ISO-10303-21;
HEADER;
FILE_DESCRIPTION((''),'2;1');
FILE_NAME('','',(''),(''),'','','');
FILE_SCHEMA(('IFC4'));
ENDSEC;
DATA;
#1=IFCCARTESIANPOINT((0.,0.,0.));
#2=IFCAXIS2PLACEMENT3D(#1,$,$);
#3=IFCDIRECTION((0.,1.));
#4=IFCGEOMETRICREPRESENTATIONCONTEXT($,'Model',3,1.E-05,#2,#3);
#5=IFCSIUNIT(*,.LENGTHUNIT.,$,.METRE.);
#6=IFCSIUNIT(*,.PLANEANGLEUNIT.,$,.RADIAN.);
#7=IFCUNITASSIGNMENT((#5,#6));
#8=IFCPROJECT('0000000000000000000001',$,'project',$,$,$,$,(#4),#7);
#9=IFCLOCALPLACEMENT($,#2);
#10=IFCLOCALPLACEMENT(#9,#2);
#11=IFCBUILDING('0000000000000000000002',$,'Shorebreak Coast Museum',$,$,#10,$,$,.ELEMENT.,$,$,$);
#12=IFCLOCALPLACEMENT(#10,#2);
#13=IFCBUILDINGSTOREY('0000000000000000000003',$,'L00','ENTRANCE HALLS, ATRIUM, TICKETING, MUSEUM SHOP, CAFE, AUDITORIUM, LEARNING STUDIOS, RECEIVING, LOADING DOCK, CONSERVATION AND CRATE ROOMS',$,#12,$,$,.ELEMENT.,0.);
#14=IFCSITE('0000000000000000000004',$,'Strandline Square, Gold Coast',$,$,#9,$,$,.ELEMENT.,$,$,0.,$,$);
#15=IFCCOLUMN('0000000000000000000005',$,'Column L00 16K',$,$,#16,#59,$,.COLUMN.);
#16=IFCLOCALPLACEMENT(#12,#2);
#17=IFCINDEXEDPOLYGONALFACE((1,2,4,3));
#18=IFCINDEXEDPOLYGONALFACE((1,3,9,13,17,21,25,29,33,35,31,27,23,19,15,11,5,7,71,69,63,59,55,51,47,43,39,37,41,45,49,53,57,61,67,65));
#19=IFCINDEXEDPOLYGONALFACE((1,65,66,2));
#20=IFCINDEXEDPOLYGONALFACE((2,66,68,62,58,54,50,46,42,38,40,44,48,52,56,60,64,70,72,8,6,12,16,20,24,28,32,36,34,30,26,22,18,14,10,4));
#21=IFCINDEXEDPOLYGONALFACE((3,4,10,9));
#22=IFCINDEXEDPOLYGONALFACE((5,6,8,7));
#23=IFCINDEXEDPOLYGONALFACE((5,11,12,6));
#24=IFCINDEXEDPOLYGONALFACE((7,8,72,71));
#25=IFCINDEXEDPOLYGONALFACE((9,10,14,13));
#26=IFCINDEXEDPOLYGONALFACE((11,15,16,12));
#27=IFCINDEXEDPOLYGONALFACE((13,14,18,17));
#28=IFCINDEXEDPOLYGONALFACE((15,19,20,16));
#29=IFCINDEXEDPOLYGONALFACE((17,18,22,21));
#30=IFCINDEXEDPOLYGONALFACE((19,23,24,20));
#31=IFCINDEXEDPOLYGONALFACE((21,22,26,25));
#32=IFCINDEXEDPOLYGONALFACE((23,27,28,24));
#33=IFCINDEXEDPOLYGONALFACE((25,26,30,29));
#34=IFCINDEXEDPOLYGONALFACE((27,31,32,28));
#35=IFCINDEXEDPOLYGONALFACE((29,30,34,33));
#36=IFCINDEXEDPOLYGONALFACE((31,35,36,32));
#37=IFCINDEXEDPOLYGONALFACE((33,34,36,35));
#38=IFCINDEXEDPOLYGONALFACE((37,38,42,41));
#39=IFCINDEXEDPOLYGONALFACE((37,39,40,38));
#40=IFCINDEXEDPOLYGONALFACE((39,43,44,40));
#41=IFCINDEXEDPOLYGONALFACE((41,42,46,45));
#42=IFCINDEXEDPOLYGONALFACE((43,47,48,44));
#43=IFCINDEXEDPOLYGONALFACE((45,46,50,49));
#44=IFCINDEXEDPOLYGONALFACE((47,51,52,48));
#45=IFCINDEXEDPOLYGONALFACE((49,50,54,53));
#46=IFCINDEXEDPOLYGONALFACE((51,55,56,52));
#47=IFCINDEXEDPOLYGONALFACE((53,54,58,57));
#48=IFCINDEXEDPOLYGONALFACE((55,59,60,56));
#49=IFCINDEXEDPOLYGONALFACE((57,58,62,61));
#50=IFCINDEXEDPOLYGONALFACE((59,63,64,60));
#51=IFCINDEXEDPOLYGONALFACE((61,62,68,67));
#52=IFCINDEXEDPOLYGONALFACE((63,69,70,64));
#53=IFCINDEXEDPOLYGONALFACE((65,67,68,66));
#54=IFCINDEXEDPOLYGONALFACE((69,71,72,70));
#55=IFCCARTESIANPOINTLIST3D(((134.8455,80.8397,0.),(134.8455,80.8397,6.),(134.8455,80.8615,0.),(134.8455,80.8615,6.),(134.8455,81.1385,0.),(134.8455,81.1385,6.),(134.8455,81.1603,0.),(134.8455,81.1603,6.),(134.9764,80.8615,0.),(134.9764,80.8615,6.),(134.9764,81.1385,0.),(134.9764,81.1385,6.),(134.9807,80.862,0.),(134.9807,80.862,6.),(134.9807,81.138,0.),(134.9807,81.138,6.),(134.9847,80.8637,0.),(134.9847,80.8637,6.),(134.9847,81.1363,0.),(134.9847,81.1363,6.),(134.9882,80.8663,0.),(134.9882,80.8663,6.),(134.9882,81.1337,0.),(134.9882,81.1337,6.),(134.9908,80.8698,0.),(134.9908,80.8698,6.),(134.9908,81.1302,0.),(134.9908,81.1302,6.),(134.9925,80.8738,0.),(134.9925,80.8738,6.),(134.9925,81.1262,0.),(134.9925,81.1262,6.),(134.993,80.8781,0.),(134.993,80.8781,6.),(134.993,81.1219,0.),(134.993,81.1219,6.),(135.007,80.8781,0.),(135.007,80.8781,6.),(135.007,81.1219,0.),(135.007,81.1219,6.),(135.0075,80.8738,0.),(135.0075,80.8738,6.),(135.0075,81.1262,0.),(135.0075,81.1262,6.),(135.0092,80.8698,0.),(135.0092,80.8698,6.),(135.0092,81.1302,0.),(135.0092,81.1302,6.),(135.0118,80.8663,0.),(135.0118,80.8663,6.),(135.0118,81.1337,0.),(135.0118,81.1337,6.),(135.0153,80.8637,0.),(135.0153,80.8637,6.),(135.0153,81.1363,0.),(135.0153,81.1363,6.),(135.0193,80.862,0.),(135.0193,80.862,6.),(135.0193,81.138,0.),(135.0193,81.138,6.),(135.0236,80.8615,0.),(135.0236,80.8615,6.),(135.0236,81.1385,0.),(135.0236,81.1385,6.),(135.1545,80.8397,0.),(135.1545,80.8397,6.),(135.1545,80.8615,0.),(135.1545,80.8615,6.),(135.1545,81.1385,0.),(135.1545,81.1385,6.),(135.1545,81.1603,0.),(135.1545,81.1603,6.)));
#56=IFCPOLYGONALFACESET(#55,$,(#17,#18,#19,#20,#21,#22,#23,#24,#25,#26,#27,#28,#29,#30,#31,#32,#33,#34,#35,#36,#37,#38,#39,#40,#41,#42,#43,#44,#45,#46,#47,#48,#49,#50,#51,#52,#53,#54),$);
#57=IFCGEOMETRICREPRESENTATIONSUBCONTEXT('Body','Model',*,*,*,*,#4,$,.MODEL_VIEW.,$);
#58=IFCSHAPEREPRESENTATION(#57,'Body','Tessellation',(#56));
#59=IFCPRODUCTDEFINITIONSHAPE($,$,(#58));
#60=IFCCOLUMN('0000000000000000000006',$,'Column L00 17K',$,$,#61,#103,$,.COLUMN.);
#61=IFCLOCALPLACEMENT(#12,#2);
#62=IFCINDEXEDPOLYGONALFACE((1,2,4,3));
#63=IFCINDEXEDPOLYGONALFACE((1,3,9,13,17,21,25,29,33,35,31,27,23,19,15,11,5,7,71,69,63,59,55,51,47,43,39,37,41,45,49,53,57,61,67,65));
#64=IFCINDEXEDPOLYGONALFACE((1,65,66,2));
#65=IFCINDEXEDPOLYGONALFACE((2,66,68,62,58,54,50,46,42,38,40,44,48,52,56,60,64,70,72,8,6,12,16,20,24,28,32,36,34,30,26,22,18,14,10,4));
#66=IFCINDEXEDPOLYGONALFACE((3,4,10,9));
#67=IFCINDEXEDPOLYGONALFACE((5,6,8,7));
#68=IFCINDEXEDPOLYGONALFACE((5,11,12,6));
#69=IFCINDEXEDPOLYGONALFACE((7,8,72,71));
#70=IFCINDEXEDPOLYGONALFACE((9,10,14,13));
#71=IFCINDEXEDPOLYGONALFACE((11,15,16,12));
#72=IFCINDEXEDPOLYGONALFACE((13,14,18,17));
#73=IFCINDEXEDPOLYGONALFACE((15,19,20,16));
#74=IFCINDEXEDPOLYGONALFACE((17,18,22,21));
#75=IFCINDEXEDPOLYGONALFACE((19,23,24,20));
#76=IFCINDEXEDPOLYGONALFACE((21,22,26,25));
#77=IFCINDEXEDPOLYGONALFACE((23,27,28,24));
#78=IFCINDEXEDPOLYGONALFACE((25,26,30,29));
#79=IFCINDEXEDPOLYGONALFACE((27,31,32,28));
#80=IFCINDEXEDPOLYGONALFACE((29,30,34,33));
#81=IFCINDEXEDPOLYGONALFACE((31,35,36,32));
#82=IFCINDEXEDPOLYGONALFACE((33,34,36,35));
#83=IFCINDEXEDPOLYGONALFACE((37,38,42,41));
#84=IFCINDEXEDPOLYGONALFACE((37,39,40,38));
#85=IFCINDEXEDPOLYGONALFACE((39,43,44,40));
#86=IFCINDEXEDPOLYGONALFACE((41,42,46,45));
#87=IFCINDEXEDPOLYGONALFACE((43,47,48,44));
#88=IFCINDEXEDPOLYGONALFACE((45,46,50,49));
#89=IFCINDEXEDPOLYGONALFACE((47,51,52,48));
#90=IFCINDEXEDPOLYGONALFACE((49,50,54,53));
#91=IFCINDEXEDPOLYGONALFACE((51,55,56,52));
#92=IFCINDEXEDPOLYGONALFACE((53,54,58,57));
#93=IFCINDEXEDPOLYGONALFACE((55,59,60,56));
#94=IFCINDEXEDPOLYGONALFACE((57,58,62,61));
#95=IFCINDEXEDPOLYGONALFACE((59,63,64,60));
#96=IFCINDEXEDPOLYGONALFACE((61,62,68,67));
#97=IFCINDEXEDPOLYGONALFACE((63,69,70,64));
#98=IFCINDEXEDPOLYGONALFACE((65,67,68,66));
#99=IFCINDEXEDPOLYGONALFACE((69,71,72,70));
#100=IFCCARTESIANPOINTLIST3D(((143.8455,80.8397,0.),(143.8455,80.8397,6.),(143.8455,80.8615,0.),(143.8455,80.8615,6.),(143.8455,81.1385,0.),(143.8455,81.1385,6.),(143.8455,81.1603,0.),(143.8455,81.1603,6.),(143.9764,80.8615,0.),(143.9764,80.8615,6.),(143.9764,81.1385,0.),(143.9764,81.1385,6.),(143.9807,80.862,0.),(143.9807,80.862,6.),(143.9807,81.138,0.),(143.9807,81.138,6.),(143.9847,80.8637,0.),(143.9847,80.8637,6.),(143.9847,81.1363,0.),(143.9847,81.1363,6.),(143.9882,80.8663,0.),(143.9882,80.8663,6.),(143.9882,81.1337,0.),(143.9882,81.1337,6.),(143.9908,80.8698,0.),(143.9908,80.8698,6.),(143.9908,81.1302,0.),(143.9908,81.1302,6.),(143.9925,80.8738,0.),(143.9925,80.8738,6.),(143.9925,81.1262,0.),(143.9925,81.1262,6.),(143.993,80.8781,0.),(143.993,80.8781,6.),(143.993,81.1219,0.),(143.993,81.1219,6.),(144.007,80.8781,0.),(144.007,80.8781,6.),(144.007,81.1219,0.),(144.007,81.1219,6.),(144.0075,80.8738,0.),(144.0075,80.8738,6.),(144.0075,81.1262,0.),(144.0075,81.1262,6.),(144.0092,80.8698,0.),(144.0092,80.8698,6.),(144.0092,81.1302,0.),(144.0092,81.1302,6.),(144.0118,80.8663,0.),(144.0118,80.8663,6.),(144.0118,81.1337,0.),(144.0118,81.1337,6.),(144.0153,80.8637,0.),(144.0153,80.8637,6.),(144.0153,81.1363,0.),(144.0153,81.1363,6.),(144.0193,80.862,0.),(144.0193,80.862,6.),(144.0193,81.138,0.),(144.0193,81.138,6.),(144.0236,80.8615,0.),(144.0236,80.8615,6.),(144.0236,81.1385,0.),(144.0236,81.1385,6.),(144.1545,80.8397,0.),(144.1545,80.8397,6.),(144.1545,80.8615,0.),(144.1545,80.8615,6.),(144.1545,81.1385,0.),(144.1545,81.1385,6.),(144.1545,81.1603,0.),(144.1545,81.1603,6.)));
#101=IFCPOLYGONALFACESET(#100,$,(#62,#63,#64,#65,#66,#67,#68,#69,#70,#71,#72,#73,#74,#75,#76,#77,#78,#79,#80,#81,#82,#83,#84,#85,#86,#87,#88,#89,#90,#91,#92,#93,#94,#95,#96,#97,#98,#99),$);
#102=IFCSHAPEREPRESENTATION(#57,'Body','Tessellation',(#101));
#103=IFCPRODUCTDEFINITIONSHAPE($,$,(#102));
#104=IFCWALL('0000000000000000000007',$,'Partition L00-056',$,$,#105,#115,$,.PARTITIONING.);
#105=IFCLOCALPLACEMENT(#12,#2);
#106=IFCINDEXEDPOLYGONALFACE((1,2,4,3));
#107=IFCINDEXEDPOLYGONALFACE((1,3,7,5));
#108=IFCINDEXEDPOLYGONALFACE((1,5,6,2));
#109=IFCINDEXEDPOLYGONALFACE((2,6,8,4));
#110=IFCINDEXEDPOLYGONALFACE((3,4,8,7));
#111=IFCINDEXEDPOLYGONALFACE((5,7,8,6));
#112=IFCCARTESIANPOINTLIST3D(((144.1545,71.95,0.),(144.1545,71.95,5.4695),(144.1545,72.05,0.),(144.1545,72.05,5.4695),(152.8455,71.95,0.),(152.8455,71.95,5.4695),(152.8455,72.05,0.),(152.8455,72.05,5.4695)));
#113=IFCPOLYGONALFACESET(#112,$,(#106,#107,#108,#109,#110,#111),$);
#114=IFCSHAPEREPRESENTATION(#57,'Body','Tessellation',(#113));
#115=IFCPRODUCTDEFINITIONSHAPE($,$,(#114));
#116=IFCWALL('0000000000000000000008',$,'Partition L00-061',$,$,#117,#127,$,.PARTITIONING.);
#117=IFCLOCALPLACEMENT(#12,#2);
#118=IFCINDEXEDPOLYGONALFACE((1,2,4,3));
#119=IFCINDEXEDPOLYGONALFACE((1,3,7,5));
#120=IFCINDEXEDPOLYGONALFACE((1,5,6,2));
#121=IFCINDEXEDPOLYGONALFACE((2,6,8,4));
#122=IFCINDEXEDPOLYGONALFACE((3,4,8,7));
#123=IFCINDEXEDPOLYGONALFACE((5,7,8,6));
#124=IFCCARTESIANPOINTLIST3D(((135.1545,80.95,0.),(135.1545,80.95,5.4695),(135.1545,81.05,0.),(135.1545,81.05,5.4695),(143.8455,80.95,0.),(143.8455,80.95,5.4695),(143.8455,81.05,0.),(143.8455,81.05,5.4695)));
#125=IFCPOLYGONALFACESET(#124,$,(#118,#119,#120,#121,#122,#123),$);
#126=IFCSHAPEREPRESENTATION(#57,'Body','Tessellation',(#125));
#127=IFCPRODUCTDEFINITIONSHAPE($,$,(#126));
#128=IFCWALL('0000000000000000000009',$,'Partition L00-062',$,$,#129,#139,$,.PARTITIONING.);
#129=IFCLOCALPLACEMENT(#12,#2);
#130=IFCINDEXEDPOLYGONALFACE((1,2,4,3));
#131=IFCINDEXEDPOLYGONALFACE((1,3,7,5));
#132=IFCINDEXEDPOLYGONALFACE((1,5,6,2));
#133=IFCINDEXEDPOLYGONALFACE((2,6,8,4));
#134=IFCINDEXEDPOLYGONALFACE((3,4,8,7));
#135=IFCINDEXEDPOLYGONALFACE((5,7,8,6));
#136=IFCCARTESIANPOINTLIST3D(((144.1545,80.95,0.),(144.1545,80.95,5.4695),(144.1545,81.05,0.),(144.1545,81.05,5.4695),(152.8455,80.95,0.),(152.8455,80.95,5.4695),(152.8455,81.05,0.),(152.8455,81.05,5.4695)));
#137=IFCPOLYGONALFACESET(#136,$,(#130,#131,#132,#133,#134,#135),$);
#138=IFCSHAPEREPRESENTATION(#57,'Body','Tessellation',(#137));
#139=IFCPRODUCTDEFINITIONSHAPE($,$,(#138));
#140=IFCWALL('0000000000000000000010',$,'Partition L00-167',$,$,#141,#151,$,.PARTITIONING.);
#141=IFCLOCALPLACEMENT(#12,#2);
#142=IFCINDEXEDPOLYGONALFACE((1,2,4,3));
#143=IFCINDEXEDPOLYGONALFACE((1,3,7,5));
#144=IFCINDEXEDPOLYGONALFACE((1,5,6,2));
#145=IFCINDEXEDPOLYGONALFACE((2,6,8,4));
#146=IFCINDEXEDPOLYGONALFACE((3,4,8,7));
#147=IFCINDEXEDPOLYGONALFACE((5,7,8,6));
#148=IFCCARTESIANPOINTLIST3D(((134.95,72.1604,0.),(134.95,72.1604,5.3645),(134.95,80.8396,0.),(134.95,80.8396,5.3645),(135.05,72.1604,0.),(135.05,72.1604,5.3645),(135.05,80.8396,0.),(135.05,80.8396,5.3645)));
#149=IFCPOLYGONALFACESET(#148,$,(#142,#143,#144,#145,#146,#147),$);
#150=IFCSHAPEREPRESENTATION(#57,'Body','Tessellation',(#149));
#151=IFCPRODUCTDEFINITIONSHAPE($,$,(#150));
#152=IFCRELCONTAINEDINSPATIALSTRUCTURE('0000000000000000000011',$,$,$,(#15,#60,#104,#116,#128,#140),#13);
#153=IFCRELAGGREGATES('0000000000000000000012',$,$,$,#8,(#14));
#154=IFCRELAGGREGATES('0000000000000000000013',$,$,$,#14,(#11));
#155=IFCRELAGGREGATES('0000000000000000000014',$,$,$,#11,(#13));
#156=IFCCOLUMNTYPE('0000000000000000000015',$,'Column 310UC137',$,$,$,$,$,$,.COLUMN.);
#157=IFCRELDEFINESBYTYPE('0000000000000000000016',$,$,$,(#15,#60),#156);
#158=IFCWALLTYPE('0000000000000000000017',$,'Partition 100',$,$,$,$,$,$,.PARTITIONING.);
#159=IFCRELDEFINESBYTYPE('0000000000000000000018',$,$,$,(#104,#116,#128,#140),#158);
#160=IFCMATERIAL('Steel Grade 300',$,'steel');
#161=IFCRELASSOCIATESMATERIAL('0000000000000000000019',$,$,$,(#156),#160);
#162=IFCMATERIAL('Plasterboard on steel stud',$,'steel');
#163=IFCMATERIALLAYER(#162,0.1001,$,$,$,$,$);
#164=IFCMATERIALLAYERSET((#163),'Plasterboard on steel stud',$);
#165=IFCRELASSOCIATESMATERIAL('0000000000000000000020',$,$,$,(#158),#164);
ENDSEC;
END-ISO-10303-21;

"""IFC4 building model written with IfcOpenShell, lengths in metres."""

from ifc_helpers import new_model, si_unit, direction, frame, frame_2d, origin, origin_2d, place, context, subcontext, project, spatial, rectangle, i_section, extrude, material, layer, layer_set, material_profile, profile_set, type_object, element, save


model = new_model("IFC4")

# Units and contexts
model_context = context("Model", 3, precision=1e-05, world=origin(), true_north=direction((0.0, 1.0)))
body_context = subcontext(model_context, "Body", "Model", "MODEL_VIEW")
ifc_project = project(units=[si_unit("LENGTHUNIT", "METRE"), si_unit("PLANEANGLEUNIT", "RADIAN")], contexts=[model_context])

# Site, building, storey
site_placement = place(None, origin())
site = spatial("IfcSite", under=ifc_project, at=site_placement, Name="Strandline Square, Gold Coast", CompositionType="ELEMENT", RefElevation=0.0)
building_placement = place(site_placement, origin())
building = spatial("IfcBuilding", under=site, at=building_placement, Name="Shorebreak Coast Museum", CompositionType="ELEMENT")
storey_placement = place(building_placement, origin())
storey = spatial("IfcBuildingStorey", under=building, at=storey_placement, Name="L00", Description="ENTRANCE HALLS, ATRIUM, TICKETING, MUSEUM SHOP, CAFE, AUDITORIUM, LEARNING STUDIOS, RECEIVING, LOADING DOCK, CONSERVATION AND CRATE ROOMS", CompositionType="ELEMENT", Elevation=0.0)

# Columns
ifc_material_1 = material(Name="Steel Grade 300", Category="steel")
ifc_material_profile_1 = material_profile(ifc_material_1, i_section(OverallWidth=0.3091, OverallDepth=0.3206, WebThickness=0.0139, FlangeThickness=0.0217, FilletRadius=0.0166, at=origin_2d()), Name="310UC137")
ifc_profile_set_1 = profile_set([ifc_material_profile_1], Name="Steel Grade 300")
column_type = type_object("IfcColumnType", Name="Column 310UC137", PredefinedType="COLUMN", material=ifc_profile_set_1)
for number, where, z_axis, x_axis, name in (
    (1, (135.0, 81.0, 0.0), (0.0, 0.0, 1.0), (1.0, 0.0, 0.0), "Column L00 16K"),
    (2, (144.0, 81.0, 0.0), (0.0, 0.0, 1.0), (1.0, 0.0, 0.0), "Column L00 17K"),
):
    element("IfcColumn", number, at=place(storey_placement, frame(where, z_axis=z_axis, x_axis=x_axis)), inside=storey, type_object=column_type, Name=name, PredefinedType="COLUMN", context=body_context, shape_type="SweptSolid", body=[
        extrude(i_section(OverallWidth=0.3091, OverallDepth=0.3206, WebThickness=0.0139, FlangeThickness=0.0217, FilletRadius=0.0166, at=origin_2d()), origin(), (0.0, 0.0, 1.0), 6.0),
    ])

# Walls
ifc_material_2 = material(Name="Plasterboard on steel stud", Category="steel")
ifc_layer = layer(ifc_material_2, 0.1001)
ifc_layer_set = layer_set([ifc_layer], Name="Plasterboard on steel stud")
wall_type = type_object("IfcWallType", Name="Partition 100", PredefinedType="PARTITIONING", material=ifc_layer_set)
for number, where, z_axis, x_axis, name in (
    (3, (144.1545, 72.0, 0.0), (0.0, 0.0, 1.0), (1.0, 0.0, 0.0), "Partition L00-056"),
    (4, (135.1545, 81.0, 0.0), (0.0, 0.0, 1.0), (1.0, 0.0, 0.0), "Partition L00-061"),
    (5, (144.1545, 81.0, 0.0), (0.0, 0.0, 1.0), (1.0, 0.0, 0.0), "Partition L00-062"),
):
    element("IfcWall", number, at=place(storey_placement, frame(where, z_axis=z_axis, x_axis=x_axis)), inside=storey, type_object=wall_type, Name=name, PredefinedType="PARTITIONING", context=body_context, shape_type="SweptSolid", body=[
        extrude(rectangle(XDim=8.6909, YDim=0.1001, at=frame_2d((4.3455, 0.0))), origin(), (0.0, 0.0, 1.0), 5.4695),
    ])
wall_placement = place(storey_placement, frame((135.0, 72.1604, 0.0), z_axis=(0.0, 0.0, 1.0), x_axis=(0.0, 1.0, 0.0)))
element("IfcWall", 6, at=wall_placement, inside=storey, type_object=wall_type, Name="Partition L00-167", PredefinedType="PARTITIONING", context=body_context, shape_type="SweptSolid", body=[
    extrude(rectangle(XDim=8.6792, YDim=0.1001, at=frame_2d((4.3396, 0.0))), origin(), (0.0, 0.0, 1.0), 5.3645),
])

save(model, "model.ifc")
